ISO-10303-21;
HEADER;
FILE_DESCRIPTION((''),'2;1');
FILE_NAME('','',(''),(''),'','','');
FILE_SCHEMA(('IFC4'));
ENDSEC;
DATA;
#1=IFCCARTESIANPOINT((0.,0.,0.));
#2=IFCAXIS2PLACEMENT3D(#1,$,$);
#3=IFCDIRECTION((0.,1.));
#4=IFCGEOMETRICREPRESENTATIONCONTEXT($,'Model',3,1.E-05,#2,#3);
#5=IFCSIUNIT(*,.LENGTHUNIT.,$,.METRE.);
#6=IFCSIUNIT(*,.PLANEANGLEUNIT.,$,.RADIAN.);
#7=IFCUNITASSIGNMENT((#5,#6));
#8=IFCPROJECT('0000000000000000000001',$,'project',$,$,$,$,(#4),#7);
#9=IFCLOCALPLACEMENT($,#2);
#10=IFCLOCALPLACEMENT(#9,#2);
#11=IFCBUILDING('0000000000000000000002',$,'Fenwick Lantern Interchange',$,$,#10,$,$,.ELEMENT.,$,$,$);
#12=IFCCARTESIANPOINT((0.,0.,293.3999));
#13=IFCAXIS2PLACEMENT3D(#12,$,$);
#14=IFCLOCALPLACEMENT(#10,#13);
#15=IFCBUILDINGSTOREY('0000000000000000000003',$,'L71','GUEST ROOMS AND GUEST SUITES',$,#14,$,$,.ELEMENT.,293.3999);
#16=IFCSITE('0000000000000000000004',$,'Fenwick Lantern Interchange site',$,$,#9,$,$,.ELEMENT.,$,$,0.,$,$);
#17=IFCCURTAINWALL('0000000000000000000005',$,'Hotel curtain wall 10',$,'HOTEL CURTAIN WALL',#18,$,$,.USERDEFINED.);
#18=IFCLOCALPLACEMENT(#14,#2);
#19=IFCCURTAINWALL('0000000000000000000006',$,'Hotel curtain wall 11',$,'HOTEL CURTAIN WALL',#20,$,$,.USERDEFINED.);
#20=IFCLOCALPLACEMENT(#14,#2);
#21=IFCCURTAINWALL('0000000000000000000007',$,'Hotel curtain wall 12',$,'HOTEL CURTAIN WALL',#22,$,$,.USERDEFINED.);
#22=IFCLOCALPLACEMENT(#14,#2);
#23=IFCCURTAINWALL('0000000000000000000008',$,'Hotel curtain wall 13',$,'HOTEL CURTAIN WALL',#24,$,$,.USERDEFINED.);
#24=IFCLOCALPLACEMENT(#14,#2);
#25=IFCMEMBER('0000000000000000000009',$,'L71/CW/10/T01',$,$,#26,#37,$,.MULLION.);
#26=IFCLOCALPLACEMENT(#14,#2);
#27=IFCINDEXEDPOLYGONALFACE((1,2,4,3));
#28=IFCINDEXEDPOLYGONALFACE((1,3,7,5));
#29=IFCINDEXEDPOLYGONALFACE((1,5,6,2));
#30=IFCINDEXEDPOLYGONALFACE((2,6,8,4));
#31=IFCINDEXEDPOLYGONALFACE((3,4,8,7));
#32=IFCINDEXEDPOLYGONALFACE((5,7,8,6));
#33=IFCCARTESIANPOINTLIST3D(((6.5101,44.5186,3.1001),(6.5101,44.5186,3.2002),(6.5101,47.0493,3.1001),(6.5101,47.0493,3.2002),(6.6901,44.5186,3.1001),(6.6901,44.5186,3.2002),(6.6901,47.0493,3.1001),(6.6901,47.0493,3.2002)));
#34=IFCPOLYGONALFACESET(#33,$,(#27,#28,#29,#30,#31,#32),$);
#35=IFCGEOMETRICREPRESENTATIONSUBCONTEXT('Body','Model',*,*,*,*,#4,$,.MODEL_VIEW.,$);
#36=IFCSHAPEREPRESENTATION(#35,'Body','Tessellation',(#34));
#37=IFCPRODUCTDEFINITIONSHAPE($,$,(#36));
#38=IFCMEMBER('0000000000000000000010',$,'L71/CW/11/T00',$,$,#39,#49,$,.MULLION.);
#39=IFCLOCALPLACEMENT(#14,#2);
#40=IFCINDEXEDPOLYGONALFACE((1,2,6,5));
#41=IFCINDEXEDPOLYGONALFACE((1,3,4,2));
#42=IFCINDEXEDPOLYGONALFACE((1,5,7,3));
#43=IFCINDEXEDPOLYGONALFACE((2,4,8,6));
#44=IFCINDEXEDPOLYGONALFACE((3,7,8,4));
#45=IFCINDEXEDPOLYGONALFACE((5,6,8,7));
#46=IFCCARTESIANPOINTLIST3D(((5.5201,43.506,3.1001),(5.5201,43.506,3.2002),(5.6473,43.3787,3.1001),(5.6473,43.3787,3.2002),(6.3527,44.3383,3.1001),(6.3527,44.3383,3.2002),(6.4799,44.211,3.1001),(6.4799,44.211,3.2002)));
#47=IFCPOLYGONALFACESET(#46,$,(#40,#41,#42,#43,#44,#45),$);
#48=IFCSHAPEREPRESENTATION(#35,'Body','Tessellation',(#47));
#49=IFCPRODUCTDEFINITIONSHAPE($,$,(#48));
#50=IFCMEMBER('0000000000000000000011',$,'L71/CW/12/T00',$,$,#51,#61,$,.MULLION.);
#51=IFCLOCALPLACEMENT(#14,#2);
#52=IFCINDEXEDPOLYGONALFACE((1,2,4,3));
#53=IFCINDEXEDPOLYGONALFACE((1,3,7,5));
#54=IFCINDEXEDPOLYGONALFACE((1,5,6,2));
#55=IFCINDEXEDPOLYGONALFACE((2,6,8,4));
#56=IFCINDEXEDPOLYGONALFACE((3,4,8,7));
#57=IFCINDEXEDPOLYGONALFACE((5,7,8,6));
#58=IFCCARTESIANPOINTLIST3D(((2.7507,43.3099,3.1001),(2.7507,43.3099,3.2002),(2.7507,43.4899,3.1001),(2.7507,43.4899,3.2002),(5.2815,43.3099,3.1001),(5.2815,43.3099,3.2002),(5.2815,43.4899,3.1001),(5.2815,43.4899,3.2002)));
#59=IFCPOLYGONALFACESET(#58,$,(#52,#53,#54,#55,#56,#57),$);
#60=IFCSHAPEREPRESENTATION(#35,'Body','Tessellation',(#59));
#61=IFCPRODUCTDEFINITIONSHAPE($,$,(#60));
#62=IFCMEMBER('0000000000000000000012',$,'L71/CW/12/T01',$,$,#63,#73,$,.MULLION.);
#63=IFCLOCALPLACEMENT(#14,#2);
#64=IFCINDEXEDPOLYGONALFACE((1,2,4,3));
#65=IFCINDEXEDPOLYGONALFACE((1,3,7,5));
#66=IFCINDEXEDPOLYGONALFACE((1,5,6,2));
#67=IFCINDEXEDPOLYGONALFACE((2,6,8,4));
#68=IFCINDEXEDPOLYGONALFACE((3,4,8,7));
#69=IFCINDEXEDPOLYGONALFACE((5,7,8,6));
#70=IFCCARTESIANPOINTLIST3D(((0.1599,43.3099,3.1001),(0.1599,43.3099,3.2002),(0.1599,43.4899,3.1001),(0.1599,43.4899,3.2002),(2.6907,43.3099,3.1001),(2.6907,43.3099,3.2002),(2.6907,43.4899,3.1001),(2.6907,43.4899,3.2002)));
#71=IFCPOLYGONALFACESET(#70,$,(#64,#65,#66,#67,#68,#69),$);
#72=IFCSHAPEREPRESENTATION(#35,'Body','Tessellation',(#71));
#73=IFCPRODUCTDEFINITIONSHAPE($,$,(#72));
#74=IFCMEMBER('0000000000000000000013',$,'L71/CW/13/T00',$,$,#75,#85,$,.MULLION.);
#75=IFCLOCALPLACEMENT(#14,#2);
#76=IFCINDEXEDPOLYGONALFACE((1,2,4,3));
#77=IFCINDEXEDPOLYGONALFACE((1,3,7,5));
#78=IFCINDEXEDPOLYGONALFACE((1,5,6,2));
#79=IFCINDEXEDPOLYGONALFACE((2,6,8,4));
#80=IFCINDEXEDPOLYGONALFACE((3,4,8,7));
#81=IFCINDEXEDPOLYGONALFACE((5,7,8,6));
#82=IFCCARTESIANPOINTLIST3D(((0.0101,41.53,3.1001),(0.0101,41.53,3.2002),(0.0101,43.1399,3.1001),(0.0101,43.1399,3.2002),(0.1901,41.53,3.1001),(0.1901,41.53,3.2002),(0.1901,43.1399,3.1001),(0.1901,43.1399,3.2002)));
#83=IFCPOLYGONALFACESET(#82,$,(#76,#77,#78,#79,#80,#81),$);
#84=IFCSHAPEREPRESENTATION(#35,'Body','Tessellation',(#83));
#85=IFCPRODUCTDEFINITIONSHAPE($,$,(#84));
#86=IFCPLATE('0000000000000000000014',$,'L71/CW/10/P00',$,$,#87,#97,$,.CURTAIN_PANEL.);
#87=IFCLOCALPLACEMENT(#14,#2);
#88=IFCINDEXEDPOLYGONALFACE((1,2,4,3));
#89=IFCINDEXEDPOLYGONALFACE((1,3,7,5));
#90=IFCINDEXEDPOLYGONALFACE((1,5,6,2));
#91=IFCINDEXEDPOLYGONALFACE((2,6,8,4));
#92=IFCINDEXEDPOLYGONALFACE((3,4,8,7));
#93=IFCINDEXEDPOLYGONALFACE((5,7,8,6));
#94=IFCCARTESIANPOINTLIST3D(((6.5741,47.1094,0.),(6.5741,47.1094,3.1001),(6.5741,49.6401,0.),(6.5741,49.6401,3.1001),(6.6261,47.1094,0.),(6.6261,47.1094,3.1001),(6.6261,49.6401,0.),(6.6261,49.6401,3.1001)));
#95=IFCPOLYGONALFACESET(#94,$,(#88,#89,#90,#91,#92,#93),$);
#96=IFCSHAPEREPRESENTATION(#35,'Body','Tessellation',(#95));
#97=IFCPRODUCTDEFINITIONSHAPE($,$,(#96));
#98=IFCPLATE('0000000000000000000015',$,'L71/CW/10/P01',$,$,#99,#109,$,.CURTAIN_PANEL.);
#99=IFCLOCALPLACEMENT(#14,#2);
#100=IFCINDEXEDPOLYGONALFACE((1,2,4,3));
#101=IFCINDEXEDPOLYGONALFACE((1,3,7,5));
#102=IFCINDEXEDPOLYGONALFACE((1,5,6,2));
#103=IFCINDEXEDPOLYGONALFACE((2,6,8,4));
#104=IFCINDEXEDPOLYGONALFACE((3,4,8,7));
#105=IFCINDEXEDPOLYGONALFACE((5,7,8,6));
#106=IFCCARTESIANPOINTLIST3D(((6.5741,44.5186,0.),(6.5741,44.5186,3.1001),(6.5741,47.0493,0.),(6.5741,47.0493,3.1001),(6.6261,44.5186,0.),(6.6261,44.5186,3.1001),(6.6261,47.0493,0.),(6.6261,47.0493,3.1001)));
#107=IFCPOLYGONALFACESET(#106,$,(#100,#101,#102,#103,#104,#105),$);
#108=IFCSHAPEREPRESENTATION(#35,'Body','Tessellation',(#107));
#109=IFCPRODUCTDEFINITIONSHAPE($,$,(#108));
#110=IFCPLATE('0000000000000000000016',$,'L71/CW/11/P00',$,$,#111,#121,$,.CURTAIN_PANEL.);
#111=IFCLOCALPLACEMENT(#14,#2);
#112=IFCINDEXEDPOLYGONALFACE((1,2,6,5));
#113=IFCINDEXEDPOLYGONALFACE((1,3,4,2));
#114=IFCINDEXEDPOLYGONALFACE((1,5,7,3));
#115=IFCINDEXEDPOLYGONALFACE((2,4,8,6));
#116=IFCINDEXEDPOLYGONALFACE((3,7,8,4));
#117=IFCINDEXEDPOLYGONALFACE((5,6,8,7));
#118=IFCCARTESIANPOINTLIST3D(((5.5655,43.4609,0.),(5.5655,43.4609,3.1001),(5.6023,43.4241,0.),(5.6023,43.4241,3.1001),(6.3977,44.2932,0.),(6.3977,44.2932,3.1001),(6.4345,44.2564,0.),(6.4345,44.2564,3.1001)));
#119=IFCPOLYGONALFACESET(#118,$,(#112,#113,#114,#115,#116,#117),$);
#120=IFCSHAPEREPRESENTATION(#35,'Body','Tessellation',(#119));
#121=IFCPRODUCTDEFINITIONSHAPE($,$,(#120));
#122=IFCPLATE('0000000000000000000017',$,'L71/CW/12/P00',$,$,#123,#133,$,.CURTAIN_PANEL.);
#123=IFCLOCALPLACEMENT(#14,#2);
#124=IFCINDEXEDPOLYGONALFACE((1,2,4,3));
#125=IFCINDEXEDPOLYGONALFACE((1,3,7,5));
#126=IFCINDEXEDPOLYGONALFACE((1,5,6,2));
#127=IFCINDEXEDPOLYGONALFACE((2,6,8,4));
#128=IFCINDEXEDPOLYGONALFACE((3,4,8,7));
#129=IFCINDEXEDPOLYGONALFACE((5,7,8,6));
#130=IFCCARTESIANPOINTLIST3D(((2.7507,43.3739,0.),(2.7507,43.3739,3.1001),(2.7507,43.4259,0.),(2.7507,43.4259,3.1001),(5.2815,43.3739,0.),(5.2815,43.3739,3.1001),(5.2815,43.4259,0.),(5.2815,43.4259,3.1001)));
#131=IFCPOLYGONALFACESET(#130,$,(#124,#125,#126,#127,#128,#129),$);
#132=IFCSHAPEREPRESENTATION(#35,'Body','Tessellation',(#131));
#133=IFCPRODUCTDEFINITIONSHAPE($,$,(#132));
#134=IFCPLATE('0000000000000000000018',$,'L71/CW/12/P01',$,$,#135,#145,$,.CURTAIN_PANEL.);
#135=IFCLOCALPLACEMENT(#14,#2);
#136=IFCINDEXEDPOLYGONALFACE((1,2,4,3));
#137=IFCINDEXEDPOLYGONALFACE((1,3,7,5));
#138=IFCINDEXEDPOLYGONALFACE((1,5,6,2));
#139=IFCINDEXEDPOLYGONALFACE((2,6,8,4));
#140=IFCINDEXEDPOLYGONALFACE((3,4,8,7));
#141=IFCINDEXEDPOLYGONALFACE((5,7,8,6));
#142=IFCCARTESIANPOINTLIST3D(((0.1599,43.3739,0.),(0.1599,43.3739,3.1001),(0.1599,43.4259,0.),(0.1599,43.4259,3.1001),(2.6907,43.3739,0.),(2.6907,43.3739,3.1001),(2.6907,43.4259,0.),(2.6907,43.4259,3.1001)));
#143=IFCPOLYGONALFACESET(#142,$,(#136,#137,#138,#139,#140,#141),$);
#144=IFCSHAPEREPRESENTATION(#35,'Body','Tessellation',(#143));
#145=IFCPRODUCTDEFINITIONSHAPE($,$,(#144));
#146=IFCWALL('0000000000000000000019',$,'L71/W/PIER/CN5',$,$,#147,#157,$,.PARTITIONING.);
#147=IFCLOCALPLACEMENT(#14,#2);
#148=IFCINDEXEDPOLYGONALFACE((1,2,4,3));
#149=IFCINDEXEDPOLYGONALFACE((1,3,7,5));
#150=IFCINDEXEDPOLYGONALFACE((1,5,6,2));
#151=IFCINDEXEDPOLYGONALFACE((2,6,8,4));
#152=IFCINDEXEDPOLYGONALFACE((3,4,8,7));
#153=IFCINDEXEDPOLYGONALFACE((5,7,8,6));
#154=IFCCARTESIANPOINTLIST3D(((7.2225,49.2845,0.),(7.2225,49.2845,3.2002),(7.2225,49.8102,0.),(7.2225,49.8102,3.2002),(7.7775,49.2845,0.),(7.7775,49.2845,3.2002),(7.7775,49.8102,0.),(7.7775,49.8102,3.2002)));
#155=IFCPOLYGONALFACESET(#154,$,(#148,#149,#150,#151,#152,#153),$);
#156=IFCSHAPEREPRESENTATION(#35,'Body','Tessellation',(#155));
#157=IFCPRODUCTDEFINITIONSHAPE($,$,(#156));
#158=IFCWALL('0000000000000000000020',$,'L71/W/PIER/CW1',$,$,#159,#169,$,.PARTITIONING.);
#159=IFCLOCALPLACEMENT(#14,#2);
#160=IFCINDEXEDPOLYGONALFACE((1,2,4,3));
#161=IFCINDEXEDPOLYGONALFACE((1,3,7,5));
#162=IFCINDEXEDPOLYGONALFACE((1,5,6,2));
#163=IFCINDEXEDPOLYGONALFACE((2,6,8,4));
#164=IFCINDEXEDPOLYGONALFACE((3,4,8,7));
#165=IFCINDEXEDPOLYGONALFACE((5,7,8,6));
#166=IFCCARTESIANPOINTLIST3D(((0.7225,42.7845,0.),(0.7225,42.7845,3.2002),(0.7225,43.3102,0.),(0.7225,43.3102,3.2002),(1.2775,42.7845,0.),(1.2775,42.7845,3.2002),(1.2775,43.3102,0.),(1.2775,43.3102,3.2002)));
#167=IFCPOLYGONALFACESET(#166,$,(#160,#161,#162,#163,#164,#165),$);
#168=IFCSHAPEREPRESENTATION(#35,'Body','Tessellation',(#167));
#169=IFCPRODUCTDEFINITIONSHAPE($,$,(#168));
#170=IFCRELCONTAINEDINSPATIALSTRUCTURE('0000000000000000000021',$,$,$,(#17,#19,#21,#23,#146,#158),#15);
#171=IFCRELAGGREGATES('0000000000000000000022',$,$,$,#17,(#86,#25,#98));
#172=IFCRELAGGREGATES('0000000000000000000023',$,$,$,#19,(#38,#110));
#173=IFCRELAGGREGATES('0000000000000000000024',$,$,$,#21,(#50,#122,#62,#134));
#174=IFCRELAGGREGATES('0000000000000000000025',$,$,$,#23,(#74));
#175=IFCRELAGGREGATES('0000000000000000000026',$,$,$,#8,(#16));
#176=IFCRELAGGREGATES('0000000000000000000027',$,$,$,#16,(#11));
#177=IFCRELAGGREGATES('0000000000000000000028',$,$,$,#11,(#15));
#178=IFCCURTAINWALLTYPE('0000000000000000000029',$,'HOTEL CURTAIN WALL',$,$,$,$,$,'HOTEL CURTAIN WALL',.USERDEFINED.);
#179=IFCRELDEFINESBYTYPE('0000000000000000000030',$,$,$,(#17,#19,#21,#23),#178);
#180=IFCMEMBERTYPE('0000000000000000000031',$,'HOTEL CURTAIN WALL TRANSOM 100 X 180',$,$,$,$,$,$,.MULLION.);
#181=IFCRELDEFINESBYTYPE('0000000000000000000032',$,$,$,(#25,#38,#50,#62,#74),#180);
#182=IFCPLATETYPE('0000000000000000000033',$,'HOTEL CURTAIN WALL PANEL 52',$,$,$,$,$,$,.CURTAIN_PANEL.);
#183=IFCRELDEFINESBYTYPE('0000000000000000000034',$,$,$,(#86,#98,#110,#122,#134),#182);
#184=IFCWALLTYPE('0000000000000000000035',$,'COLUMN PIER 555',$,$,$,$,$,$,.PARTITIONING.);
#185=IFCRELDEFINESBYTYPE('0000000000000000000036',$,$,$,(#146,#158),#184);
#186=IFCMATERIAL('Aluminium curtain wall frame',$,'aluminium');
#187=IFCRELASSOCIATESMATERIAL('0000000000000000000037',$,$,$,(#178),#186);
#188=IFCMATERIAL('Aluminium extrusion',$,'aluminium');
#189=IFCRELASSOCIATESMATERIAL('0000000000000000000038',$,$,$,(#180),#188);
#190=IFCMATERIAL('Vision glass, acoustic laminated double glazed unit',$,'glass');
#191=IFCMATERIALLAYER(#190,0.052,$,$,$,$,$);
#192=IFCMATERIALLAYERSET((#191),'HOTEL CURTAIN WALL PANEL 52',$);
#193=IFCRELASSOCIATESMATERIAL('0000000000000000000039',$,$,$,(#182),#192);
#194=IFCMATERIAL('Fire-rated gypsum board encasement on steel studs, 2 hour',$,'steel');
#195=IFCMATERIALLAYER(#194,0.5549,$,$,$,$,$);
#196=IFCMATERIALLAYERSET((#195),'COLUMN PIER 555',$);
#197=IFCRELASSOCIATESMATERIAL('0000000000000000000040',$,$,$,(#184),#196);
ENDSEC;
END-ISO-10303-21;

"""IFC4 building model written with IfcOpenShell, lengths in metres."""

from ifc_helpers import new_model, si_unit, direction, frame, frame_2d, origin, origin_2d, place, context, subcontext, project, spatial, rectangle, extrude, material, layer, layer_set, material_profile, profile_set, type_object, element, aggregate, save


model = new_model("IFC4")

# Units and contexts
model_context = context("Model", 3, precision=1e-05, world=origin(), true_north=direction((0.0, 1.0)))
body_context = subcontext(model_context, "Body", "Model", "MODEL_VIEW")
ifc_project = project(units=[si_unit("LENGTHUNIT", "METRE"), si_unit("PLANEANGLEUNIT", "RADIAN")], contexts=[model_context])

# Site, building, storey
site_placement = place(None, origin())
site = spatial("IfcSite", under=ifc_project, at=site_placement, Name="Fenwick Lantern Interchange site", CompositionType="ELEMENT", RefElevation=0.0)
building_placement = place(site_placement, origin())
building = spatial("IfcBuilding", under=site, at=building_placement, Name="Fenwick Lantern Interchange", CompositionType="ELEMENT")
storey_placement = place(building_placement, frame((0.0, 0.0, 293.3999)))
storey = spatial("IfcBuildingStorey", under=building, at=storey_placement, Name="L71", Description="GUEST ROOMS AND GUEST SUITES", CompositionType="ELEMENT", Elevation=293.3999)

# Shared definitions
ifc_material_1 = material(Name="Aluminium curtain wall frame", Category="aluminium")
curtain_wall_type = type_object("IfcCurtainWallType", Name="HOTEL CURTAIN WALL", ElementType="HOTEL CURTAIN WALL", PredefinedType="USERDEFINED", material=ifc_material_1)
ifc_material_2 = material(Name="Aluminium extrusion", Category="aluminium")

# Curtain walls
curtain_wall_1_placement = place(storey_placement, origin())
curtain_wall_1 = element("IfcCurtainWall", 1, at=curtain_wall_1_placement, inside=storey, type_object=curtain_wall_type, Name="Hotel curtain wall 10", ObjectType="HOTEL CURTAIN WALL", PredefinedType="USERDEFINED")
curtain_wall_2_placement = place(storey_placement, origin())
curtain_wall_2 = element("IfcCurtainWall", 2, at=curtain_wall_2_placement, inside=storey, type_object=curtain_wall_type, Name="Hotel curtain wall 11", ObjectType="HOTEL CURTAIN WALL", PredefinedType="USERDEFINED")
curtain_wall_3_placement = place(storey_placement, origin())
curtain_wall_3 = element("IfcCurtainWall", 3, at=curtain_wall_3_placement, inside=storey, type_object=curtain_wall_type, Name="Hotel curtain wall 12", ObjectType="HOTEL CURTAIN WALL", PredefinedType="USERDEFINED")

# Curtain wall
curtain_wall_4_placement = place(storey_placement, origin())
curtain_wall_4 = element("IfcCurtainWall", 4, at=curtain_wall_4_placement, inside=storey, type_object=curtain_wall_type, Name="Hotel curtain wall 13", ObjectType="HOTEL CURTAIN WALL", PredefinedType="USERDEFINED")

# Members
ifc_material_profile_1 = material_profile(ifc_material_2, rectangle(XDim=0.1799, YDim=0.1001, at=origin_2d()), Name="HOTEL CURTAIN WALL TRANSOM 100 X 180")
ifc_profile_set_1 = profile_set([ifc_material_profile_1], Name="Aluminium extrusion")
member_type_1 = type_object("IfcMemberType", Name="HOTEL CURTAIN WALL TRANSOM 100 X 180", PredefinedType="MULLION", material=ifc_profile_set_1)
member_1_placement = place(storey_placement, frame((6.6001, 47.0493, 3.1501), z_axis=(0.0, -1.0, 0.0), x_axis=(1.0, 0.0, 0.0)))
member_1 = element("IfcMember", 5, at=member_1_placement, type_object=member_type_1, Name="L71/CW/10/T01", PredefinedType="MULLION", context=body_context, shape_type="SweptSolid", body=[
    extrude(rectangle(XDim=0.1799, YDim=0.1001, at=origin_2d()), origin(), (0.0, 0.0, 1.0), 2.5308),
])
member_2_placement = place(storey_placement, frame((6.4163, 44.2747, 3.1501), z_axis=(-0.70721, -0.707003, 0.0), x_axis=(0.707003, -0.70721, 0.0)))
member_2 = element("IfcMember", 6, at=member_2_placement, type_object=member_type_1, Name="L71/CW/11/T00", PredefinedType="MULLION", context=body_context, shape_type="SweptSolid", body=[
    extrude(rectangle(XDim=0.1799, YDim=0.1001, at=origin_2d()), origin(), (0.0, 0.0, 1.0), 1.1772),
])
member_3_placement = place(storey_placement, frame((5.2815, 43.3999, 3.1501), z_axis=(-1.0, 0.0, 0.0), x_axis=(0.0, -1.0, 0.0)))
member_3 = element("IfcMember", 7, at=member_3_placement, type_object=member_type_1, Name="L71/CW/12/T00", PredefinedType="MULLION", context=body_context, shape_type="SweptSolid", body=[
    extrude(rectangle(XDim=0.1799, YDim=0.1001, at=origin_2d()), origin(), (0.0, 0.0, 1.0), 2.5308),
])
member_4_placement = place(storey_placement, frame((2.6907, 43.3999, 3.1501), z_axis=(-1.0, 0.0, 0.0), x_axis=(0.0, -1.0, 0.0)))
member_4 = element("IfcMember", 8, at=member_4_placement, type_object=member_type_1, Name="L71/CW/12/T01", PredefinedType="MULLION", context=body_context, shape_type="SweptSolid", body=[
    extrude(rectangle(XDim=0.1799, YDim=0.1001, at=origin_2d()), origin(), (0.0, 0.0, 1.0), 2.5308),
])
member_5_placement = place(storey_placement, frame((0.1001, 43.1399, 3.1501), z_axis=(0.0, -1.0, 0.0), x_axis=(1.0, 0.0, 0.0)))
member_5 = element("IfcMember", 9, at=member_5_placement, type_object=member_type_1, Name="L71/CW/13/T00", PredefinedType="MULLION", context=body_context, shape_type="SweptSolid", body=[
    extrude(rectangle(XDim=0.1799, YDim=0.1001, at=origin_2d()), origin(), (0.0, 0.0, 1.0), 1.6099),
])

# Plates
ifc_material_3 = material(Name="Vision glass, acoustic laminated double glazed unit", Category="glass")
ifc_layer_1 = layer(ifc_material_3, 0.052)
ifc_layer_set_1 = layer_set([ifc_layer_1], Name="HOTEL CURTAIN WALL PANEL 52")
plate_type = type_object("IfcPlateType", Name="HOTEL CURTAIN WALL PANEL 52", PredefinedType="CURTAIN_PANEL", material=ifc_layer_set_1)
plate_1_placement = place(storey_placement, frame((6.6001, 48.3748, 0.0), z_axis=(0.0, 0.0, 1.0), x_axis=(0.0, -1.0, 0.0)))
plate_1 = element("IfcPlate", 10, at=plate_1_placement, type_object=plate_type, Name="L71/CW/10/P00", PredefinedType="CURTAIN_PANEL", context=body_context, shape_type="SweptSolid", body=[
    extrude(rectangle(XDim=2.5308, YDim=0.052, at=origin_2d()), origin(), (0.0, 0.0, 1.0), 3.1001),
])
plate_2_placement = place(storey_placement, frame((6.6001, 45.7839, 0.0), z_axis=(0.0, 0.0, 1.0), x_axis=(0.0, -1.0, 0.0)))
plate_2 = element("IfcPlate", 11, at=plate_2_placement, type_object=plate_type, Name="L71/CW/10/P01", PredefinedType="CURTAIN_PANEL", context=body_context, shape_type="SweptSolid", body=[
    extrude(rectangle(XDim=2.5308, YDim=0.052, at=origin_2d()), origin(), (0.0, 0.0, 1.0), 3.1001),
])
aggregate(curtain_wall_1, [plate_1, member_1, plate_2])
plate_3_placement = place(storey_placement, frame((6.0, 43.8586, 0.0), z_axis=(0.0, 0.0, 1.0), x_axis=(-0.707107, -0.707107, 0.0)))
plate_3 = element("IfcPlate", 12, at=plate_3_placement, type_object=plate_type, Name="L71/CW/11/P00", PredefinedType="CURTAIN_PANEL", context=body_context, shape_type="SweptSolid", body=[
    extrude(rectangle(XDim=1.177, YDim=0.052, at=origin_2d()), origin(), (0.0, 0.0, 1.0), 3.1001),
])
aggregate(curtain_wall_2, [member_2, plate_3])
plate_4_placement = place(storey_placement, frame((4.0161, 43.3999, 0.0), z_axis=(0.0, 0.0, 1.0), x_axis=(-1.0, 0.0, 0.0)))
plate_4 = element("IfcPlate", 13, at=plate_4_placement, type_object=plate_type, Name="L71/CW/12/P00", PredefinedType="CURTAIN_PANEL", context=body_context, shape_type="SweptSolid", body=[
    extrude(rectangle(XDim=2.5308, YDim=0.052, at=origin_2d()), origin(), (0.0, 0.0, 1.0), 3.1001),
])
plate_5_placement = place(storey_placement, frame((1.4253, 43.3999, 0.0), z_axis=(0.0, 0.0, 1.0), x_axis=(-1.0, 0.0, 0.0)))
plate_5 = element("IfcPlate", 14, at=plate_5_placement, type_object=plate_type, Name="L71/CW/12/P01", PredefinedType="CURTAIN_PANEL", context=body_context, shape_type="SweptSolid", body=[
    extrude(rectangle(XDim=2.5308, YDim=0.052, at=origin_2d()), origin(), (0.0, 0.0, 1.0), 3.1001),
])
aggregate(curtain_wall_3, [member_3, plate_4, member_4, plate_5])
aggregate(curtain_wall_4, [member_5])

# Walls
ifc_material_4 = material(Name="Fire-rated gypsum board encasement on steel studs, 2 hour", Category="steel")
ifc_layer_2 = layer(ifc_material_4, 0.5549)
ifc_layer_set_2 = layer_set([ifc_layer_2], Name="COLUMN PIER 555")
wall_type = type_object("IfcWallType", Name="COLUMN PIER 555", PredefinedType="PARTITIONING", material=ifc_layer_set_2)
for number, where, z_axis, x_axis, name in (
    (15, (7.5, 49.8101, 0.0), (0.0, 0.0, 1.0), (0.0, -1.0, 0.0), "L71/W/PIER/CN5"),
    (16, (1.0, 43.3101, 0.0), (0.0, 0.0, 1.0), (0.0, -1.0, 0.0), "L71/W/PIER/CW1"),
):
    element("IfcWall", number, at=place(storey_placement, frame(where, z_axis=z_axis, x_axis=x_axis)), inside=storey, type_object=wall_type, Name=name, PredefinedType="PARTITIONING", context=body_context, shape_type="SweptSolid", body=[
        extrude(rectangle(XDim=0.5256, YDim=0.5549, at=frame_2d((0.2627, 0.0))), origin(), (0.0, 0.0, 1.0), 3.2002),
    ])

save(model, "model.ifc")
